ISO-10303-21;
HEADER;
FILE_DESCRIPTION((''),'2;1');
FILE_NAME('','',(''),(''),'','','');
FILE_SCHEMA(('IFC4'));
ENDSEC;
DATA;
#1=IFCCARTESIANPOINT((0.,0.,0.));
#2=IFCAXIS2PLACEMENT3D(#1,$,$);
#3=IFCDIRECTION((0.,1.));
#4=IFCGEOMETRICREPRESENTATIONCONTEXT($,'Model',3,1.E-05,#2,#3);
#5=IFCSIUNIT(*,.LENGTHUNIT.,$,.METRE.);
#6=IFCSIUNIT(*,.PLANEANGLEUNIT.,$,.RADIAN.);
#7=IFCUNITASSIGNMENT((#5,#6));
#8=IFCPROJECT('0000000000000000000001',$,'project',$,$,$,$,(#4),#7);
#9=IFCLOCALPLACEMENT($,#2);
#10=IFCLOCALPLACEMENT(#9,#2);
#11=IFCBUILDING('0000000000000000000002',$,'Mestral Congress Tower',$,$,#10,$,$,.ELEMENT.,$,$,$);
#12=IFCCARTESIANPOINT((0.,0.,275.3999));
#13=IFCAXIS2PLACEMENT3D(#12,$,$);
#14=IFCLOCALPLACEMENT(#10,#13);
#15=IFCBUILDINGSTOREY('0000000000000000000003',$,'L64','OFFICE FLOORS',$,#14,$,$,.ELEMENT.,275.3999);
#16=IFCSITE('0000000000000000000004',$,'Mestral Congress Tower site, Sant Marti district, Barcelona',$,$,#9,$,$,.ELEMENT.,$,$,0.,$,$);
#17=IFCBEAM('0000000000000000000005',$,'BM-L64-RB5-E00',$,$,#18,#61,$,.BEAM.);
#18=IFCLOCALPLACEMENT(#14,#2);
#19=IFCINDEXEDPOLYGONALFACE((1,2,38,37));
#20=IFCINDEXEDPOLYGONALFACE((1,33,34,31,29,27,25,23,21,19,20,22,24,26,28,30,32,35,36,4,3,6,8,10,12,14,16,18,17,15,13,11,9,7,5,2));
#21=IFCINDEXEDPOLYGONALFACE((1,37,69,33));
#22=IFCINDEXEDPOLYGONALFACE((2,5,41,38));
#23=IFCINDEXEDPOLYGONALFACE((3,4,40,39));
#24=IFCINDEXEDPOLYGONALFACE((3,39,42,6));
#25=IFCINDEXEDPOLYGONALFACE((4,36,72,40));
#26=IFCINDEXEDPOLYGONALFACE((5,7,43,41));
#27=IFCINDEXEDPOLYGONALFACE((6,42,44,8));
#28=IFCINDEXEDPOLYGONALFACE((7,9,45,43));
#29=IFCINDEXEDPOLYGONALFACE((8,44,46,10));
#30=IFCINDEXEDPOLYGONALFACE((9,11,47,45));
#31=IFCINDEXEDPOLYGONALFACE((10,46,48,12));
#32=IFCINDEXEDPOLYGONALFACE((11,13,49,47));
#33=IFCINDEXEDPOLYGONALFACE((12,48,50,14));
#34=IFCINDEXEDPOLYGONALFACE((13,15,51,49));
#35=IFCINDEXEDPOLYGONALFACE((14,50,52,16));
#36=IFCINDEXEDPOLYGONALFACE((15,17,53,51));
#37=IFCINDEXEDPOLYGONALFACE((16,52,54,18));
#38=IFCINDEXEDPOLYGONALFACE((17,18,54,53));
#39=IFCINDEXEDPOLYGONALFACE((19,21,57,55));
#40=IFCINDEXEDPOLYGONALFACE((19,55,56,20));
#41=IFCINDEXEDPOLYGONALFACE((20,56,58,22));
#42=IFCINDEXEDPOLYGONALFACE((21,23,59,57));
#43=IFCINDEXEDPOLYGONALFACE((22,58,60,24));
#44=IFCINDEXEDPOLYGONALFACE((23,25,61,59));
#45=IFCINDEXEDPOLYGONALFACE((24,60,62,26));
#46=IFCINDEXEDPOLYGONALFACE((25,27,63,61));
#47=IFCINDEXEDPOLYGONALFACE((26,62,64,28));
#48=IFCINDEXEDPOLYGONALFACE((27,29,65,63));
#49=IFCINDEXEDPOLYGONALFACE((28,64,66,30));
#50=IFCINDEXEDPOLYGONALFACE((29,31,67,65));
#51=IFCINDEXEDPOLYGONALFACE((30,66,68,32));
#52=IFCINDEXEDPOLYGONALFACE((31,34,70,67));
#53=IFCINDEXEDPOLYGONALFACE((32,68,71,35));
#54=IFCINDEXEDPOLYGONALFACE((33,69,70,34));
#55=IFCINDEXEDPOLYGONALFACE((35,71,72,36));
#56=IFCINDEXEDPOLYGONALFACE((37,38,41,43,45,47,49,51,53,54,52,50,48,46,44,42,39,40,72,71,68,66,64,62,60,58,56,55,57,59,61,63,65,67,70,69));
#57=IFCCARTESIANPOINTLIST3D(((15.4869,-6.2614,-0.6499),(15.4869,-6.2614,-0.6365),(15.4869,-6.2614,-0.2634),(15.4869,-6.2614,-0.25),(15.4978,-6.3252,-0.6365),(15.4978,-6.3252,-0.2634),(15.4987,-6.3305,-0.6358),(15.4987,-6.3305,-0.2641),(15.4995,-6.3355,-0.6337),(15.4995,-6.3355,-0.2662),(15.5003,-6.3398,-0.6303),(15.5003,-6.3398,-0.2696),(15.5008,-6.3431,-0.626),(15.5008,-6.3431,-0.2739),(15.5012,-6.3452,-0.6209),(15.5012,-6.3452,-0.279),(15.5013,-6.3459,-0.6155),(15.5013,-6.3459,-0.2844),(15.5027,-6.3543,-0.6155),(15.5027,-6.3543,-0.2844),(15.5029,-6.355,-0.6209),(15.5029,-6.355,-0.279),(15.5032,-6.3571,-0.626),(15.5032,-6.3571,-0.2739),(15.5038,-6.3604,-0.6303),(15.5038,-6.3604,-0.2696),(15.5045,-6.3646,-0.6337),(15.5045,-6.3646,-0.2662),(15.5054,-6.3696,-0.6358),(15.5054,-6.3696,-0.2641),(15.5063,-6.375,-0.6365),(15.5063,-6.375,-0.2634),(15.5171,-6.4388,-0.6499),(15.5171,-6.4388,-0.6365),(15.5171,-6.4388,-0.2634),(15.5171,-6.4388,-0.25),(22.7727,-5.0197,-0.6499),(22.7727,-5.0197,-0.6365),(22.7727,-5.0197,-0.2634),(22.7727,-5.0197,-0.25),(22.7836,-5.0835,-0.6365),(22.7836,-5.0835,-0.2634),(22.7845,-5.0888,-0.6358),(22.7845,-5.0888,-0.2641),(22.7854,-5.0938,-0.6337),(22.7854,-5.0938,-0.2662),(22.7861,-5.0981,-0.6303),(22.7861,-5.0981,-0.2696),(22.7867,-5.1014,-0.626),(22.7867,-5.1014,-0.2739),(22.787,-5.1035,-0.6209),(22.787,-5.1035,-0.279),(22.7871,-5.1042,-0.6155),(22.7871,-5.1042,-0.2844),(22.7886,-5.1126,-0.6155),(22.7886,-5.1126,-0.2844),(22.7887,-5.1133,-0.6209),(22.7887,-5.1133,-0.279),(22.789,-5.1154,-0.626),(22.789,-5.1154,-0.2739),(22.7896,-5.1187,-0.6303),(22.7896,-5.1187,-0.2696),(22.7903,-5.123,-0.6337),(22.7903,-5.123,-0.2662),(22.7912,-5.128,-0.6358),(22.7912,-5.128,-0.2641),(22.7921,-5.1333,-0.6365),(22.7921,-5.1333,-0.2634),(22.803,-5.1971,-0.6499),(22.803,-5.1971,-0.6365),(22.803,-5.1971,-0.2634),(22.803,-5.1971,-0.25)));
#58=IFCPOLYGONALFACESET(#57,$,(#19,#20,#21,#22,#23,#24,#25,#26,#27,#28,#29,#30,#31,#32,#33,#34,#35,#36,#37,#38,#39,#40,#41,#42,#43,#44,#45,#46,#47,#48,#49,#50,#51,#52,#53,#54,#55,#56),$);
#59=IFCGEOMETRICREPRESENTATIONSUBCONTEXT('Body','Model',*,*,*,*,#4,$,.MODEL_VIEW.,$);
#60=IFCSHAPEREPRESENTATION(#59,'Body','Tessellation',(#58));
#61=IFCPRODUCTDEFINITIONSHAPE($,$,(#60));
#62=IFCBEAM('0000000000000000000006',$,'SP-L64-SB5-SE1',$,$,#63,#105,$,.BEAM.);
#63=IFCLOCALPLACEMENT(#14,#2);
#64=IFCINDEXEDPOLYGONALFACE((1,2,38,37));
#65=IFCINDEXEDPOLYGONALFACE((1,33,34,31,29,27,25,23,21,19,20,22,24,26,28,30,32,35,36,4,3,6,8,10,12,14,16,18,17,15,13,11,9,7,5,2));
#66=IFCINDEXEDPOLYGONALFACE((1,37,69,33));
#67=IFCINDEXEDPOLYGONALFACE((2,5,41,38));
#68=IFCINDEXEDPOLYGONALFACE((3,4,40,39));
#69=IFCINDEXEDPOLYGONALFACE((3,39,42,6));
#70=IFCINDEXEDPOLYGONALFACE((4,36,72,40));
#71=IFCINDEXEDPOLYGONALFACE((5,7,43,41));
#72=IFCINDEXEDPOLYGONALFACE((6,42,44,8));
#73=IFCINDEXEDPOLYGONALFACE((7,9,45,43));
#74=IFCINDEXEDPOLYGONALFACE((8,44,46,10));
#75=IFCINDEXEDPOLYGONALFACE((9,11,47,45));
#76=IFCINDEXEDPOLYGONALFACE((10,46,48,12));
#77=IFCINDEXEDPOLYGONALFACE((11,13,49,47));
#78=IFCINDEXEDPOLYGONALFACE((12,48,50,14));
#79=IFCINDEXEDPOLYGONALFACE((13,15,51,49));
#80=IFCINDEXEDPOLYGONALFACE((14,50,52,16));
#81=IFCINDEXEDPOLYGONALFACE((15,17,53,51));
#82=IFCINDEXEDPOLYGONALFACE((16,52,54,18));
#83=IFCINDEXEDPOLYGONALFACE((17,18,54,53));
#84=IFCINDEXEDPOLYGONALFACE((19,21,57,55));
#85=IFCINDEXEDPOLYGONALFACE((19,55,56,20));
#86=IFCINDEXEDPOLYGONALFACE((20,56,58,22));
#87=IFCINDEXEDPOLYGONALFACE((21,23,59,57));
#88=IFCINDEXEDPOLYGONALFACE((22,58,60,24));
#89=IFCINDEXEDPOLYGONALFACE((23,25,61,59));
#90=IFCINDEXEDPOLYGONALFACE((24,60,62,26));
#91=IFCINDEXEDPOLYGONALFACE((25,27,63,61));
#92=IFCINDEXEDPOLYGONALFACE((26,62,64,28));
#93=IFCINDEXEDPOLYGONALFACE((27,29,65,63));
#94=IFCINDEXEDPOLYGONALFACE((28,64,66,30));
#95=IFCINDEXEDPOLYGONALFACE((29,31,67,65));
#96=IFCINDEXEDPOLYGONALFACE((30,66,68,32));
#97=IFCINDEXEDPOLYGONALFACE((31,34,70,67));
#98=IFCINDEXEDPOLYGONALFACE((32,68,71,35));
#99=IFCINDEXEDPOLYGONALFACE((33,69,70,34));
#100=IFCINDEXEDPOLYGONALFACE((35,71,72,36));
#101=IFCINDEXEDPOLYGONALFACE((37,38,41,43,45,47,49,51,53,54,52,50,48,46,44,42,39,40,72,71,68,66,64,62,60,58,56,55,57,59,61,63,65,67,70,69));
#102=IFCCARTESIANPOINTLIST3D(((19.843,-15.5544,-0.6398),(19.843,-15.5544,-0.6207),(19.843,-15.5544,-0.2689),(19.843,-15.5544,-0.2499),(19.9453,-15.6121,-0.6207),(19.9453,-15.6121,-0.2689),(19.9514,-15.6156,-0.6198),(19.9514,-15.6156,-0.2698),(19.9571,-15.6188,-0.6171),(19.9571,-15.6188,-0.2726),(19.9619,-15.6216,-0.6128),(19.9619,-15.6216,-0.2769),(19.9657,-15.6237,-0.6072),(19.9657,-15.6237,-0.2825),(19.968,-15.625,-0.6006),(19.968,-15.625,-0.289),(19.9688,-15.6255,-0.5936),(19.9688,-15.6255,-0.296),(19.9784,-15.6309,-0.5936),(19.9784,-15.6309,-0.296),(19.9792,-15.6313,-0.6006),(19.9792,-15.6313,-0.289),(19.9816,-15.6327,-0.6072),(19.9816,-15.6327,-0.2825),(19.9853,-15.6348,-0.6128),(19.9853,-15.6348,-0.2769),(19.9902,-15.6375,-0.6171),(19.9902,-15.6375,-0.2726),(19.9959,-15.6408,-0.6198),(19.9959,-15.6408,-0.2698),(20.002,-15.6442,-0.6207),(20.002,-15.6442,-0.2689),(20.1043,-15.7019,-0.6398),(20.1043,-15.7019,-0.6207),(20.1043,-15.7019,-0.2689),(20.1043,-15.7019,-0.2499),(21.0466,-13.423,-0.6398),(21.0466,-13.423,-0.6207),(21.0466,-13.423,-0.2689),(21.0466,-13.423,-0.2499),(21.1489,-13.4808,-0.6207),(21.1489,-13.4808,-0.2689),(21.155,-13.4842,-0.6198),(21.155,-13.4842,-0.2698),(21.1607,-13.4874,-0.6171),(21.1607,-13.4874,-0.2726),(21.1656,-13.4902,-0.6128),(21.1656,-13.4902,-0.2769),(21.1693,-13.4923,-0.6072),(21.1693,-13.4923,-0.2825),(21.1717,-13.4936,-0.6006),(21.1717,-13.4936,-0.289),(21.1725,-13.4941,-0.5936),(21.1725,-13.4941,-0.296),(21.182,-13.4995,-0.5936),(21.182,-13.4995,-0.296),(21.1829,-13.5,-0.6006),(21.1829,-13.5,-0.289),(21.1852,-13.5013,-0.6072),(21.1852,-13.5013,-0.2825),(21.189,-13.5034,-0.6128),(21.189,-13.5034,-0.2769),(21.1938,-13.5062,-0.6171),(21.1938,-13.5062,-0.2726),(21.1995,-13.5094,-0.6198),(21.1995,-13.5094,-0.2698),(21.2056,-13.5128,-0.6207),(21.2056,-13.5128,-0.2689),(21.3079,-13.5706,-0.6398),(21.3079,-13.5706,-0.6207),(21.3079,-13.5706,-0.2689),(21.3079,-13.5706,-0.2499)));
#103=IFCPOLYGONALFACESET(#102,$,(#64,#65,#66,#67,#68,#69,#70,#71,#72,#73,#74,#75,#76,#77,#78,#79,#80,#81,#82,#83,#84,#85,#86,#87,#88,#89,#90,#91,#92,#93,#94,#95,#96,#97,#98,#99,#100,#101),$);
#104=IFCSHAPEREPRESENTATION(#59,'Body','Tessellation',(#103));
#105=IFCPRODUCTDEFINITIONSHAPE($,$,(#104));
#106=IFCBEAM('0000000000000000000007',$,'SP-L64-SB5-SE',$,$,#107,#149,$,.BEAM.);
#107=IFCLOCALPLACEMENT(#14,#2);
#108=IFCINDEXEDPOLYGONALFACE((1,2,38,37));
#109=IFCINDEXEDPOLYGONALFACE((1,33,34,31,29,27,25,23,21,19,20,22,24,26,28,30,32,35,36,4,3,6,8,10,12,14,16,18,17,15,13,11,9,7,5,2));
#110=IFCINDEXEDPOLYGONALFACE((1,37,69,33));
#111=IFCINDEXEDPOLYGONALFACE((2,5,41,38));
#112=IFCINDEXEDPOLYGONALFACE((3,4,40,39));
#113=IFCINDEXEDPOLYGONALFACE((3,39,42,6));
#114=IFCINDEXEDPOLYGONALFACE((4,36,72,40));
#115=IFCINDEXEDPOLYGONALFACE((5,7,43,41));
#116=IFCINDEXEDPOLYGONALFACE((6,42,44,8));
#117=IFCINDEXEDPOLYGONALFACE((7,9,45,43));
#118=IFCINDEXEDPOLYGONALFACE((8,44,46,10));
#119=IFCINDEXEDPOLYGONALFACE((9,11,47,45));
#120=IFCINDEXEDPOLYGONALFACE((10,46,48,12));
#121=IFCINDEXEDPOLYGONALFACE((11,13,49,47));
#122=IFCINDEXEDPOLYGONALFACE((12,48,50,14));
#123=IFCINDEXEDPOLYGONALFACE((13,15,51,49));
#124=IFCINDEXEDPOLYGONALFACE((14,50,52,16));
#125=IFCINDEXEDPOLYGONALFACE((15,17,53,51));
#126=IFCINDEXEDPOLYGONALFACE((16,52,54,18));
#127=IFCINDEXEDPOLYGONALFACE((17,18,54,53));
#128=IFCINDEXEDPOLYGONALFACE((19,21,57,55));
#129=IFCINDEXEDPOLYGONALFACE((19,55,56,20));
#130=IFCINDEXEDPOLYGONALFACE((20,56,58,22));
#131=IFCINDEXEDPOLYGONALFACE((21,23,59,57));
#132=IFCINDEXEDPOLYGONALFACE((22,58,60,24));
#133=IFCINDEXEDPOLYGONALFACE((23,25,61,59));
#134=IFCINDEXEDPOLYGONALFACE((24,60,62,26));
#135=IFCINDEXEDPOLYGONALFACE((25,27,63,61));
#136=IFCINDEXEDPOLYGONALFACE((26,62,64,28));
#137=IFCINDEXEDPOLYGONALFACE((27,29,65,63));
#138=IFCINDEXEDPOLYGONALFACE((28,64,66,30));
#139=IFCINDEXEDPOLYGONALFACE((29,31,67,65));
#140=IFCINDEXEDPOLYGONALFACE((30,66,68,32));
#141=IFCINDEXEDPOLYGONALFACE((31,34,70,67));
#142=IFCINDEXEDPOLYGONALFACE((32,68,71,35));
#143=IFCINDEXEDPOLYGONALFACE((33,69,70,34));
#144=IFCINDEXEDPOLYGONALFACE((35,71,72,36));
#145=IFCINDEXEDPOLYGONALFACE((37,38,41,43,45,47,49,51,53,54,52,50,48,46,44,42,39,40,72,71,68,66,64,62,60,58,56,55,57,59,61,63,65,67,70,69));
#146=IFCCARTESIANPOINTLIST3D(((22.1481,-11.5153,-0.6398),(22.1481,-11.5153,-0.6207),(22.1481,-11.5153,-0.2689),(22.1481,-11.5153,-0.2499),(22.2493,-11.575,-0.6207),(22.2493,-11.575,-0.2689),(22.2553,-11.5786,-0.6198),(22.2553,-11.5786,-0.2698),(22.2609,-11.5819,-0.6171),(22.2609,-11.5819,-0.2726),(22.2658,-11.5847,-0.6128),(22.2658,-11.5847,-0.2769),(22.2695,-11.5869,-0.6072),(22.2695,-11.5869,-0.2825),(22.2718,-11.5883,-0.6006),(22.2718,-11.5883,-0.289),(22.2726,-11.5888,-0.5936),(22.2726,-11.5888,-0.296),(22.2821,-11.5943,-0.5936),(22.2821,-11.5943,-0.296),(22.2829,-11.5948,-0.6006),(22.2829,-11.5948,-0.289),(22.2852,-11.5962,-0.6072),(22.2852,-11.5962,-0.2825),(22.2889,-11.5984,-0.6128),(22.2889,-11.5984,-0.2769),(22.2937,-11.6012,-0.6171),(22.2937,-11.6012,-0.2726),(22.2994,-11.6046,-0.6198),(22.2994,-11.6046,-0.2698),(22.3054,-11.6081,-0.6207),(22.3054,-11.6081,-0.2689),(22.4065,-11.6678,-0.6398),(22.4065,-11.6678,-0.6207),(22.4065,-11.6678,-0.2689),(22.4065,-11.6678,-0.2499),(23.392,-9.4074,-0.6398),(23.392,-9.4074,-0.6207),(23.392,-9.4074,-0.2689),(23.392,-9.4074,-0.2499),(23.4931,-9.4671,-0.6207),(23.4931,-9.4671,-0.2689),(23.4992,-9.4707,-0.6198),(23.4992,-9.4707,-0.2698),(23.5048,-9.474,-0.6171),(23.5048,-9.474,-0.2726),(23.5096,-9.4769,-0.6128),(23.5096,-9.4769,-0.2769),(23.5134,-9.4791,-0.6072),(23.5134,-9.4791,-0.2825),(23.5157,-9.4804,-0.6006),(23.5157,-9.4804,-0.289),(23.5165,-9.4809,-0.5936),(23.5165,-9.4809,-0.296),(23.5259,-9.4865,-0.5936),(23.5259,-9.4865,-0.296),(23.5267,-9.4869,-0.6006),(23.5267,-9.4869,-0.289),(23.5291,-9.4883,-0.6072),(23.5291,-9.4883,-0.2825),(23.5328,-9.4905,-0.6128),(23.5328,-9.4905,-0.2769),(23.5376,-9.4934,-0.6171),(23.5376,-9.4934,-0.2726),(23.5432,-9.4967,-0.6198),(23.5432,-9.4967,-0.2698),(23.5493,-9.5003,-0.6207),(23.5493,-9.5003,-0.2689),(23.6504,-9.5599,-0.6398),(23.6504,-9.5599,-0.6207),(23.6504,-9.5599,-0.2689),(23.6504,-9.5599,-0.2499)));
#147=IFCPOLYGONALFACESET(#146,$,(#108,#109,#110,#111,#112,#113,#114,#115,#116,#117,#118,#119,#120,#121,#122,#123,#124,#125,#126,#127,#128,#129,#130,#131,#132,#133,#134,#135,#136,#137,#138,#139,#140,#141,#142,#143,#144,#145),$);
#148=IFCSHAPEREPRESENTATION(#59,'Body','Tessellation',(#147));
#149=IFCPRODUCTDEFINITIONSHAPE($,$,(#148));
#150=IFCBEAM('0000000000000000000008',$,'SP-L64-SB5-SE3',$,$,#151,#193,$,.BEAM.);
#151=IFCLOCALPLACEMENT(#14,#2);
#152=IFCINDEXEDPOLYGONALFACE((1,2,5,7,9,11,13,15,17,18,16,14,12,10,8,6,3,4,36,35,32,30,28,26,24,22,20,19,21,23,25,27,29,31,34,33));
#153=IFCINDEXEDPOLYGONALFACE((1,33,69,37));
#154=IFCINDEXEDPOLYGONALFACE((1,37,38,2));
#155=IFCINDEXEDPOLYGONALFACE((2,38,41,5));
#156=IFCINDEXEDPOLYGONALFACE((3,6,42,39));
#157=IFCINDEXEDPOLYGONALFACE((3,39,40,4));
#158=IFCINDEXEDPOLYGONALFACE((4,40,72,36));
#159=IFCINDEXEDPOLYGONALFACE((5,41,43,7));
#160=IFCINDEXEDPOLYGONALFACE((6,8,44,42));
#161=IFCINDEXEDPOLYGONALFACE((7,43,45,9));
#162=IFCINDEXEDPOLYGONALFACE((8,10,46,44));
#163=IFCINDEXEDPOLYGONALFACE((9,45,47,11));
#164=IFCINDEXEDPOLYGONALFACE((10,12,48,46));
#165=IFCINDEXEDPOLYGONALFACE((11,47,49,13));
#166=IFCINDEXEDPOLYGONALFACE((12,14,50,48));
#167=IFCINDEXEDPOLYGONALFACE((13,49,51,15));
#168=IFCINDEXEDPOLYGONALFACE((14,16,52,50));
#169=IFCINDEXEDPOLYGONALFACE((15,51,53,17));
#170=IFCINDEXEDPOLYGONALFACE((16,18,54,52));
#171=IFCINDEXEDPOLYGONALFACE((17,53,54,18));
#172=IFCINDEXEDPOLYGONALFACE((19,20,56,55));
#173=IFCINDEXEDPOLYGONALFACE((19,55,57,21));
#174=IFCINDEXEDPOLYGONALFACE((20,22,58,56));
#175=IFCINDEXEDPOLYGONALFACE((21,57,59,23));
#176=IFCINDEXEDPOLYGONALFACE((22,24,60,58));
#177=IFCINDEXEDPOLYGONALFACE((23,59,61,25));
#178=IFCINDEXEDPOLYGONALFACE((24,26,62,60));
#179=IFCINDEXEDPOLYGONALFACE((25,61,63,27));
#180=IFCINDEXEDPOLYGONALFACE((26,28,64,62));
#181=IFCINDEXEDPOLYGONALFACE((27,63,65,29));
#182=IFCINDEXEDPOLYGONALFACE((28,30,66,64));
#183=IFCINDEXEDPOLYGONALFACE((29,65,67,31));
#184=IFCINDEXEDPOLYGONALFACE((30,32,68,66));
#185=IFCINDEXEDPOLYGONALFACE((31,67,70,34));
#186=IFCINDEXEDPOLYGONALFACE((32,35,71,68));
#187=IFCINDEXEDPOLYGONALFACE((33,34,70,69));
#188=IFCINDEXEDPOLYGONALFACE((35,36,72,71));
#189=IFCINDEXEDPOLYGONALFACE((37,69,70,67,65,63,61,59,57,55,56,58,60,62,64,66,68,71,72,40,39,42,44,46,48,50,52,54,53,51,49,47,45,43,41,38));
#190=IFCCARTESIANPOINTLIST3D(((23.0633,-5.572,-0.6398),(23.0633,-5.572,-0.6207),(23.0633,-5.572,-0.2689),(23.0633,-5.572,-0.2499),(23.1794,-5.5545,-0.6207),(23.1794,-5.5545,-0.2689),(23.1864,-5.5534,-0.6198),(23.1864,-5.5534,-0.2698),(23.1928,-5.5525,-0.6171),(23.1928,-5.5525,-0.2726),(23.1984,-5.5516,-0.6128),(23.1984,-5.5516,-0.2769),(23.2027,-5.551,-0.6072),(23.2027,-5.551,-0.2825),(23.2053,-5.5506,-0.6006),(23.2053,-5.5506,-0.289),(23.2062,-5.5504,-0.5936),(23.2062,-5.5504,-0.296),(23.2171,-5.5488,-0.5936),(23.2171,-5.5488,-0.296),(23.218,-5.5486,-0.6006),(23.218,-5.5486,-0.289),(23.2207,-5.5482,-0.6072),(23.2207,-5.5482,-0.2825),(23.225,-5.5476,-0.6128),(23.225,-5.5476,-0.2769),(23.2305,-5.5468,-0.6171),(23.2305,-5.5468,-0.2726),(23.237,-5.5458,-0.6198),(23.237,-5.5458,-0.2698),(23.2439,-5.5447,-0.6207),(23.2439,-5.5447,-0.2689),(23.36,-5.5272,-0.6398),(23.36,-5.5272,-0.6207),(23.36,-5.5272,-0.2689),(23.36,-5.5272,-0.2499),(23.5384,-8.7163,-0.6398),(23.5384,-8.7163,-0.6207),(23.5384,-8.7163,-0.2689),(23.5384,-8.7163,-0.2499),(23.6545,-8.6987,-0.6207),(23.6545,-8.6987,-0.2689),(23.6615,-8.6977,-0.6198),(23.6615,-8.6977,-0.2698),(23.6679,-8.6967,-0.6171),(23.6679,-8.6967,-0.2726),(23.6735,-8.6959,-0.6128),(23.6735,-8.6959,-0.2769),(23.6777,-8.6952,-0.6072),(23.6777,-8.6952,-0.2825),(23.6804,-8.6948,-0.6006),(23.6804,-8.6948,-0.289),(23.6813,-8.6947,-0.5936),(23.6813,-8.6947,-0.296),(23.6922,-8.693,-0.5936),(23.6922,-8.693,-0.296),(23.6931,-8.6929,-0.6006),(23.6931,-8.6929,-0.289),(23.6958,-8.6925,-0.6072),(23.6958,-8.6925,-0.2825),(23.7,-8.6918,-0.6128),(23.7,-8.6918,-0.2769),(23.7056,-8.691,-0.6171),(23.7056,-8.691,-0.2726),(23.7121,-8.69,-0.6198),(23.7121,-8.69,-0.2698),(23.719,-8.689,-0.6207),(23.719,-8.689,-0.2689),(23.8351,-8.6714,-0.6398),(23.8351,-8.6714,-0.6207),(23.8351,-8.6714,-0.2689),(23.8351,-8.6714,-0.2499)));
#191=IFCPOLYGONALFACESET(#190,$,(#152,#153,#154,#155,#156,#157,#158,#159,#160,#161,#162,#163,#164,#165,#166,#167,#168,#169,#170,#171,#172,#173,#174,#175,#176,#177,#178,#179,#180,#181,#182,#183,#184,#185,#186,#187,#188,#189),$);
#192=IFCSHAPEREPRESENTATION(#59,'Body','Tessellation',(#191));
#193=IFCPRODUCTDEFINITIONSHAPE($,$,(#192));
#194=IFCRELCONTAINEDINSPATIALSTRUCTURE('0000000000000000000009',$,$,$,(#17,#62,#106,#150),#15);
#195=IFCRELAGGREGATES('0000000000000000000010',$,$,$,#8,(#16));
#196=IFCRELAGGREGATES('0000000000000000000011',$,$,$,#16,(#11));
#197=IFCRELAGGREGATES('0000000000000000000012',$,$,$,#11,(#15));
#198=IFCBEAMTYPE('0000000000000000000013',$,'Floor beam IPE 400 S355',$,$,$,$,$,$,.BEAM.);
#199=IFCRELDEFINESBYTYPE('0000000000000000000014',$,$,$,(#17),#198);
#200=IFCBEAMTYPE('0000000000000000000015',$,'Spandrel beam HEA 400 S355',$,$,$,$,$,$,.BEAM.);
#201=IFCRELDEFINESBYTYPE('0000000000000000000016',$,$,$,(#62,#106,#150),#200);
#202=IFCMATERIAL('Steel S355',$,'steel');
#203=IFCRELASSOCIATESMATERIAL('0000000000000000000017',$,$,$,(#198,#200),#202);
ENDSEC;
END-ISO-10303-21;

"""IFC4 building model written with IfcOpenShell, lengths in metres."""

from ifc_helpers import new_model, si_unit, direction, frame, origin, origin_2d, place, context, subcontext, project, spatial, i_section, extrude, material, material_profile, profile_set, type_object, element, save


model = new_model("IFC4")

# Units and contexts
model_context = context("Model", 3, precision=1e-05, world=origin(), true_north=direction((0.0, 1.0)))
body_context = subcontext(model_context, "Body", "Model", "MODEL_VIEW")
ifc_project = project(units=[si_unit("LENGTHUNIT", "METRE"), si_unit("PLANEANGLEUNIT", "RADIAN")], contexts=[model_context])

# Site, building, storey
site_placement = place(None, origin())
site = spatial("IfcSite", under=ifc_project, at=site_placement, Name="Mestral Congress Tower site, Sant Marti district, Barcelona", CompositionType="ELEMENT", RefElevation=0.0)
building_placement = place(site_placement, origin())
building = spatial("IfcBuilding", under=site, at=building_placement, Name="Mestral Congress Tower", CompositionType="ELEMENT")
storey_placement = place(building_placement, frame((0.0, 0.0, 275.3999)))
storey = spatial("IfcBuildingStorey", under=building, at=storey_placement, Name="L64", Description="OFFICE FLOORS", CompositionType="ELEMENT", Elevation=275.3999)

# Beams
ifc_material_1 = material(Name="Steel S355", Category="steel")
ifc_material_profile_1 = material_profile(ifc_material_1, i_section(OverallWidth=0.1799, OverallDepth=0.3999, WebThickness=0.0085, FlangeThickness=0.0134, FilletRadius=0.021, at=origin_2d()), Name="IPE 400")
ifc_profile_set_1 = profile_set([ifc_material_profile_1], Name="Steel S355")
beam_type_1 = type_object("IfcBeamType", Name="Floor beam IPE 400 S355", PredefinedType="BEAM", material=ifc_profile_set_1)
beam_1_placement = place(storey_placement, frame((22.7878, -5.1084, -0.45), z_axis=(-0.985787, -0.168003, 0.0), x_axis=(0.168003, -0.985787, 0.0)))
element("IfcBeam", 1, at=beam_1_placement, inside=storey, type_object=beam_type_1, Name="BM-L64-RB5-E00", PredefinedType="BEAM", context=body_context, shape_type="SweptSolid", body=[
    extrude(i_section(OverallWidth=0.1799, OverallDepth=0.3999, WebThickness=0.0085, FlangeThickness=0.0134, FilletRadius=0.021, at=origin_2d()), origin(), (0.0, 0.0, 1.0), 7.3909),
])
ifc_material_profile_2 = material_profile(ifc_material_1, i_section(OverallWidth=0.3, OverallDepth=0.3899, WebThickness=0.011, FlangeThickness=0.019, FilletRadius=0.0271, at=origin_2d()), Name="HEA 400")
ifc_profile_set_2 = profile_set([ifc_material_profile_2], Name="Steel S355")
beam_type_2 = type_object("IfcBeamType", Name="Spandrel beam HEA 400 S355", PredefinedType="BEAM", material=ifc_profile_set_2)
beam_2_placement = place(storey_placement, frame((19.9736, -15.6282, -0.4448), z_axis=(0.491729, 0.870749, 0.0), x_axis=(-0.870749, 0.491729, 0.0)))
element("IfcBeam", 2, at=beam_2_placement, inside=storey, type_object=beam_type_2, Name="SP-L64-SB5-SE1", PredefinedType="BEAM", context=body_context, shape_type="SweptSolid", body=[
    extrude(i_section(OverallWidth=0.3, OverallDepth=0.3899, WebThickness=0.011, FlangeThickness=0.019, FilletRadius=0.0271, at=origin_2d()), origin(), (0.0, 0.0, 1.0), 2.4478),
])
beam_3_placement = place(storey_placement, frame((22.2773, -11.5916, -0.4448), z_axis=(0.508218, 0.861228, 0.0), x_axis=(-0.861228, 0.508218, 0.0)))
element("IfcBeam", 3, at=beam_3_placement, inside=storey, type_object=beam_type_2, Name="SP-L64-SB5-SE", PredefinedType="BEAM", context=body_context, shape_type="SweptSolid", body=[
    extrude(i_section(OverallWidth=0.3, OverallDepth=0.3899, WebThickness=0.011, FlangeThickness=0.019, FilletRadius=0.0271, at=origin_2d()), origin(), (0.0, 0.0, 1.0), 2.4475),
])
beam_4_placement = place(storey_placement, frame((23.6868, -8.6938, -0.4448), z_axis=(-0.149403, 0.988776, 0.0), x_axis=(-0.988776, -0.149403, 0.0)))
element("IfcBeam", 4, at=beam_4_placement, inside=storey, type_object=beam_type_2, Name="SP-L64-SB5-SE3", PredefinedType="BEAM", context=body_context, shape_type="SweptSolid", body=[
    extrude(i_section(OverallWidth=0.3, OverallDepth=0.3899, WebThickness=0.011, FlangeThickness=0.019, FilletRadius=0.0271, at=origin_2d()), origin(), (0.0, 0.0, 1.0), 3.1799),
])

save(model, "model.ifc")
